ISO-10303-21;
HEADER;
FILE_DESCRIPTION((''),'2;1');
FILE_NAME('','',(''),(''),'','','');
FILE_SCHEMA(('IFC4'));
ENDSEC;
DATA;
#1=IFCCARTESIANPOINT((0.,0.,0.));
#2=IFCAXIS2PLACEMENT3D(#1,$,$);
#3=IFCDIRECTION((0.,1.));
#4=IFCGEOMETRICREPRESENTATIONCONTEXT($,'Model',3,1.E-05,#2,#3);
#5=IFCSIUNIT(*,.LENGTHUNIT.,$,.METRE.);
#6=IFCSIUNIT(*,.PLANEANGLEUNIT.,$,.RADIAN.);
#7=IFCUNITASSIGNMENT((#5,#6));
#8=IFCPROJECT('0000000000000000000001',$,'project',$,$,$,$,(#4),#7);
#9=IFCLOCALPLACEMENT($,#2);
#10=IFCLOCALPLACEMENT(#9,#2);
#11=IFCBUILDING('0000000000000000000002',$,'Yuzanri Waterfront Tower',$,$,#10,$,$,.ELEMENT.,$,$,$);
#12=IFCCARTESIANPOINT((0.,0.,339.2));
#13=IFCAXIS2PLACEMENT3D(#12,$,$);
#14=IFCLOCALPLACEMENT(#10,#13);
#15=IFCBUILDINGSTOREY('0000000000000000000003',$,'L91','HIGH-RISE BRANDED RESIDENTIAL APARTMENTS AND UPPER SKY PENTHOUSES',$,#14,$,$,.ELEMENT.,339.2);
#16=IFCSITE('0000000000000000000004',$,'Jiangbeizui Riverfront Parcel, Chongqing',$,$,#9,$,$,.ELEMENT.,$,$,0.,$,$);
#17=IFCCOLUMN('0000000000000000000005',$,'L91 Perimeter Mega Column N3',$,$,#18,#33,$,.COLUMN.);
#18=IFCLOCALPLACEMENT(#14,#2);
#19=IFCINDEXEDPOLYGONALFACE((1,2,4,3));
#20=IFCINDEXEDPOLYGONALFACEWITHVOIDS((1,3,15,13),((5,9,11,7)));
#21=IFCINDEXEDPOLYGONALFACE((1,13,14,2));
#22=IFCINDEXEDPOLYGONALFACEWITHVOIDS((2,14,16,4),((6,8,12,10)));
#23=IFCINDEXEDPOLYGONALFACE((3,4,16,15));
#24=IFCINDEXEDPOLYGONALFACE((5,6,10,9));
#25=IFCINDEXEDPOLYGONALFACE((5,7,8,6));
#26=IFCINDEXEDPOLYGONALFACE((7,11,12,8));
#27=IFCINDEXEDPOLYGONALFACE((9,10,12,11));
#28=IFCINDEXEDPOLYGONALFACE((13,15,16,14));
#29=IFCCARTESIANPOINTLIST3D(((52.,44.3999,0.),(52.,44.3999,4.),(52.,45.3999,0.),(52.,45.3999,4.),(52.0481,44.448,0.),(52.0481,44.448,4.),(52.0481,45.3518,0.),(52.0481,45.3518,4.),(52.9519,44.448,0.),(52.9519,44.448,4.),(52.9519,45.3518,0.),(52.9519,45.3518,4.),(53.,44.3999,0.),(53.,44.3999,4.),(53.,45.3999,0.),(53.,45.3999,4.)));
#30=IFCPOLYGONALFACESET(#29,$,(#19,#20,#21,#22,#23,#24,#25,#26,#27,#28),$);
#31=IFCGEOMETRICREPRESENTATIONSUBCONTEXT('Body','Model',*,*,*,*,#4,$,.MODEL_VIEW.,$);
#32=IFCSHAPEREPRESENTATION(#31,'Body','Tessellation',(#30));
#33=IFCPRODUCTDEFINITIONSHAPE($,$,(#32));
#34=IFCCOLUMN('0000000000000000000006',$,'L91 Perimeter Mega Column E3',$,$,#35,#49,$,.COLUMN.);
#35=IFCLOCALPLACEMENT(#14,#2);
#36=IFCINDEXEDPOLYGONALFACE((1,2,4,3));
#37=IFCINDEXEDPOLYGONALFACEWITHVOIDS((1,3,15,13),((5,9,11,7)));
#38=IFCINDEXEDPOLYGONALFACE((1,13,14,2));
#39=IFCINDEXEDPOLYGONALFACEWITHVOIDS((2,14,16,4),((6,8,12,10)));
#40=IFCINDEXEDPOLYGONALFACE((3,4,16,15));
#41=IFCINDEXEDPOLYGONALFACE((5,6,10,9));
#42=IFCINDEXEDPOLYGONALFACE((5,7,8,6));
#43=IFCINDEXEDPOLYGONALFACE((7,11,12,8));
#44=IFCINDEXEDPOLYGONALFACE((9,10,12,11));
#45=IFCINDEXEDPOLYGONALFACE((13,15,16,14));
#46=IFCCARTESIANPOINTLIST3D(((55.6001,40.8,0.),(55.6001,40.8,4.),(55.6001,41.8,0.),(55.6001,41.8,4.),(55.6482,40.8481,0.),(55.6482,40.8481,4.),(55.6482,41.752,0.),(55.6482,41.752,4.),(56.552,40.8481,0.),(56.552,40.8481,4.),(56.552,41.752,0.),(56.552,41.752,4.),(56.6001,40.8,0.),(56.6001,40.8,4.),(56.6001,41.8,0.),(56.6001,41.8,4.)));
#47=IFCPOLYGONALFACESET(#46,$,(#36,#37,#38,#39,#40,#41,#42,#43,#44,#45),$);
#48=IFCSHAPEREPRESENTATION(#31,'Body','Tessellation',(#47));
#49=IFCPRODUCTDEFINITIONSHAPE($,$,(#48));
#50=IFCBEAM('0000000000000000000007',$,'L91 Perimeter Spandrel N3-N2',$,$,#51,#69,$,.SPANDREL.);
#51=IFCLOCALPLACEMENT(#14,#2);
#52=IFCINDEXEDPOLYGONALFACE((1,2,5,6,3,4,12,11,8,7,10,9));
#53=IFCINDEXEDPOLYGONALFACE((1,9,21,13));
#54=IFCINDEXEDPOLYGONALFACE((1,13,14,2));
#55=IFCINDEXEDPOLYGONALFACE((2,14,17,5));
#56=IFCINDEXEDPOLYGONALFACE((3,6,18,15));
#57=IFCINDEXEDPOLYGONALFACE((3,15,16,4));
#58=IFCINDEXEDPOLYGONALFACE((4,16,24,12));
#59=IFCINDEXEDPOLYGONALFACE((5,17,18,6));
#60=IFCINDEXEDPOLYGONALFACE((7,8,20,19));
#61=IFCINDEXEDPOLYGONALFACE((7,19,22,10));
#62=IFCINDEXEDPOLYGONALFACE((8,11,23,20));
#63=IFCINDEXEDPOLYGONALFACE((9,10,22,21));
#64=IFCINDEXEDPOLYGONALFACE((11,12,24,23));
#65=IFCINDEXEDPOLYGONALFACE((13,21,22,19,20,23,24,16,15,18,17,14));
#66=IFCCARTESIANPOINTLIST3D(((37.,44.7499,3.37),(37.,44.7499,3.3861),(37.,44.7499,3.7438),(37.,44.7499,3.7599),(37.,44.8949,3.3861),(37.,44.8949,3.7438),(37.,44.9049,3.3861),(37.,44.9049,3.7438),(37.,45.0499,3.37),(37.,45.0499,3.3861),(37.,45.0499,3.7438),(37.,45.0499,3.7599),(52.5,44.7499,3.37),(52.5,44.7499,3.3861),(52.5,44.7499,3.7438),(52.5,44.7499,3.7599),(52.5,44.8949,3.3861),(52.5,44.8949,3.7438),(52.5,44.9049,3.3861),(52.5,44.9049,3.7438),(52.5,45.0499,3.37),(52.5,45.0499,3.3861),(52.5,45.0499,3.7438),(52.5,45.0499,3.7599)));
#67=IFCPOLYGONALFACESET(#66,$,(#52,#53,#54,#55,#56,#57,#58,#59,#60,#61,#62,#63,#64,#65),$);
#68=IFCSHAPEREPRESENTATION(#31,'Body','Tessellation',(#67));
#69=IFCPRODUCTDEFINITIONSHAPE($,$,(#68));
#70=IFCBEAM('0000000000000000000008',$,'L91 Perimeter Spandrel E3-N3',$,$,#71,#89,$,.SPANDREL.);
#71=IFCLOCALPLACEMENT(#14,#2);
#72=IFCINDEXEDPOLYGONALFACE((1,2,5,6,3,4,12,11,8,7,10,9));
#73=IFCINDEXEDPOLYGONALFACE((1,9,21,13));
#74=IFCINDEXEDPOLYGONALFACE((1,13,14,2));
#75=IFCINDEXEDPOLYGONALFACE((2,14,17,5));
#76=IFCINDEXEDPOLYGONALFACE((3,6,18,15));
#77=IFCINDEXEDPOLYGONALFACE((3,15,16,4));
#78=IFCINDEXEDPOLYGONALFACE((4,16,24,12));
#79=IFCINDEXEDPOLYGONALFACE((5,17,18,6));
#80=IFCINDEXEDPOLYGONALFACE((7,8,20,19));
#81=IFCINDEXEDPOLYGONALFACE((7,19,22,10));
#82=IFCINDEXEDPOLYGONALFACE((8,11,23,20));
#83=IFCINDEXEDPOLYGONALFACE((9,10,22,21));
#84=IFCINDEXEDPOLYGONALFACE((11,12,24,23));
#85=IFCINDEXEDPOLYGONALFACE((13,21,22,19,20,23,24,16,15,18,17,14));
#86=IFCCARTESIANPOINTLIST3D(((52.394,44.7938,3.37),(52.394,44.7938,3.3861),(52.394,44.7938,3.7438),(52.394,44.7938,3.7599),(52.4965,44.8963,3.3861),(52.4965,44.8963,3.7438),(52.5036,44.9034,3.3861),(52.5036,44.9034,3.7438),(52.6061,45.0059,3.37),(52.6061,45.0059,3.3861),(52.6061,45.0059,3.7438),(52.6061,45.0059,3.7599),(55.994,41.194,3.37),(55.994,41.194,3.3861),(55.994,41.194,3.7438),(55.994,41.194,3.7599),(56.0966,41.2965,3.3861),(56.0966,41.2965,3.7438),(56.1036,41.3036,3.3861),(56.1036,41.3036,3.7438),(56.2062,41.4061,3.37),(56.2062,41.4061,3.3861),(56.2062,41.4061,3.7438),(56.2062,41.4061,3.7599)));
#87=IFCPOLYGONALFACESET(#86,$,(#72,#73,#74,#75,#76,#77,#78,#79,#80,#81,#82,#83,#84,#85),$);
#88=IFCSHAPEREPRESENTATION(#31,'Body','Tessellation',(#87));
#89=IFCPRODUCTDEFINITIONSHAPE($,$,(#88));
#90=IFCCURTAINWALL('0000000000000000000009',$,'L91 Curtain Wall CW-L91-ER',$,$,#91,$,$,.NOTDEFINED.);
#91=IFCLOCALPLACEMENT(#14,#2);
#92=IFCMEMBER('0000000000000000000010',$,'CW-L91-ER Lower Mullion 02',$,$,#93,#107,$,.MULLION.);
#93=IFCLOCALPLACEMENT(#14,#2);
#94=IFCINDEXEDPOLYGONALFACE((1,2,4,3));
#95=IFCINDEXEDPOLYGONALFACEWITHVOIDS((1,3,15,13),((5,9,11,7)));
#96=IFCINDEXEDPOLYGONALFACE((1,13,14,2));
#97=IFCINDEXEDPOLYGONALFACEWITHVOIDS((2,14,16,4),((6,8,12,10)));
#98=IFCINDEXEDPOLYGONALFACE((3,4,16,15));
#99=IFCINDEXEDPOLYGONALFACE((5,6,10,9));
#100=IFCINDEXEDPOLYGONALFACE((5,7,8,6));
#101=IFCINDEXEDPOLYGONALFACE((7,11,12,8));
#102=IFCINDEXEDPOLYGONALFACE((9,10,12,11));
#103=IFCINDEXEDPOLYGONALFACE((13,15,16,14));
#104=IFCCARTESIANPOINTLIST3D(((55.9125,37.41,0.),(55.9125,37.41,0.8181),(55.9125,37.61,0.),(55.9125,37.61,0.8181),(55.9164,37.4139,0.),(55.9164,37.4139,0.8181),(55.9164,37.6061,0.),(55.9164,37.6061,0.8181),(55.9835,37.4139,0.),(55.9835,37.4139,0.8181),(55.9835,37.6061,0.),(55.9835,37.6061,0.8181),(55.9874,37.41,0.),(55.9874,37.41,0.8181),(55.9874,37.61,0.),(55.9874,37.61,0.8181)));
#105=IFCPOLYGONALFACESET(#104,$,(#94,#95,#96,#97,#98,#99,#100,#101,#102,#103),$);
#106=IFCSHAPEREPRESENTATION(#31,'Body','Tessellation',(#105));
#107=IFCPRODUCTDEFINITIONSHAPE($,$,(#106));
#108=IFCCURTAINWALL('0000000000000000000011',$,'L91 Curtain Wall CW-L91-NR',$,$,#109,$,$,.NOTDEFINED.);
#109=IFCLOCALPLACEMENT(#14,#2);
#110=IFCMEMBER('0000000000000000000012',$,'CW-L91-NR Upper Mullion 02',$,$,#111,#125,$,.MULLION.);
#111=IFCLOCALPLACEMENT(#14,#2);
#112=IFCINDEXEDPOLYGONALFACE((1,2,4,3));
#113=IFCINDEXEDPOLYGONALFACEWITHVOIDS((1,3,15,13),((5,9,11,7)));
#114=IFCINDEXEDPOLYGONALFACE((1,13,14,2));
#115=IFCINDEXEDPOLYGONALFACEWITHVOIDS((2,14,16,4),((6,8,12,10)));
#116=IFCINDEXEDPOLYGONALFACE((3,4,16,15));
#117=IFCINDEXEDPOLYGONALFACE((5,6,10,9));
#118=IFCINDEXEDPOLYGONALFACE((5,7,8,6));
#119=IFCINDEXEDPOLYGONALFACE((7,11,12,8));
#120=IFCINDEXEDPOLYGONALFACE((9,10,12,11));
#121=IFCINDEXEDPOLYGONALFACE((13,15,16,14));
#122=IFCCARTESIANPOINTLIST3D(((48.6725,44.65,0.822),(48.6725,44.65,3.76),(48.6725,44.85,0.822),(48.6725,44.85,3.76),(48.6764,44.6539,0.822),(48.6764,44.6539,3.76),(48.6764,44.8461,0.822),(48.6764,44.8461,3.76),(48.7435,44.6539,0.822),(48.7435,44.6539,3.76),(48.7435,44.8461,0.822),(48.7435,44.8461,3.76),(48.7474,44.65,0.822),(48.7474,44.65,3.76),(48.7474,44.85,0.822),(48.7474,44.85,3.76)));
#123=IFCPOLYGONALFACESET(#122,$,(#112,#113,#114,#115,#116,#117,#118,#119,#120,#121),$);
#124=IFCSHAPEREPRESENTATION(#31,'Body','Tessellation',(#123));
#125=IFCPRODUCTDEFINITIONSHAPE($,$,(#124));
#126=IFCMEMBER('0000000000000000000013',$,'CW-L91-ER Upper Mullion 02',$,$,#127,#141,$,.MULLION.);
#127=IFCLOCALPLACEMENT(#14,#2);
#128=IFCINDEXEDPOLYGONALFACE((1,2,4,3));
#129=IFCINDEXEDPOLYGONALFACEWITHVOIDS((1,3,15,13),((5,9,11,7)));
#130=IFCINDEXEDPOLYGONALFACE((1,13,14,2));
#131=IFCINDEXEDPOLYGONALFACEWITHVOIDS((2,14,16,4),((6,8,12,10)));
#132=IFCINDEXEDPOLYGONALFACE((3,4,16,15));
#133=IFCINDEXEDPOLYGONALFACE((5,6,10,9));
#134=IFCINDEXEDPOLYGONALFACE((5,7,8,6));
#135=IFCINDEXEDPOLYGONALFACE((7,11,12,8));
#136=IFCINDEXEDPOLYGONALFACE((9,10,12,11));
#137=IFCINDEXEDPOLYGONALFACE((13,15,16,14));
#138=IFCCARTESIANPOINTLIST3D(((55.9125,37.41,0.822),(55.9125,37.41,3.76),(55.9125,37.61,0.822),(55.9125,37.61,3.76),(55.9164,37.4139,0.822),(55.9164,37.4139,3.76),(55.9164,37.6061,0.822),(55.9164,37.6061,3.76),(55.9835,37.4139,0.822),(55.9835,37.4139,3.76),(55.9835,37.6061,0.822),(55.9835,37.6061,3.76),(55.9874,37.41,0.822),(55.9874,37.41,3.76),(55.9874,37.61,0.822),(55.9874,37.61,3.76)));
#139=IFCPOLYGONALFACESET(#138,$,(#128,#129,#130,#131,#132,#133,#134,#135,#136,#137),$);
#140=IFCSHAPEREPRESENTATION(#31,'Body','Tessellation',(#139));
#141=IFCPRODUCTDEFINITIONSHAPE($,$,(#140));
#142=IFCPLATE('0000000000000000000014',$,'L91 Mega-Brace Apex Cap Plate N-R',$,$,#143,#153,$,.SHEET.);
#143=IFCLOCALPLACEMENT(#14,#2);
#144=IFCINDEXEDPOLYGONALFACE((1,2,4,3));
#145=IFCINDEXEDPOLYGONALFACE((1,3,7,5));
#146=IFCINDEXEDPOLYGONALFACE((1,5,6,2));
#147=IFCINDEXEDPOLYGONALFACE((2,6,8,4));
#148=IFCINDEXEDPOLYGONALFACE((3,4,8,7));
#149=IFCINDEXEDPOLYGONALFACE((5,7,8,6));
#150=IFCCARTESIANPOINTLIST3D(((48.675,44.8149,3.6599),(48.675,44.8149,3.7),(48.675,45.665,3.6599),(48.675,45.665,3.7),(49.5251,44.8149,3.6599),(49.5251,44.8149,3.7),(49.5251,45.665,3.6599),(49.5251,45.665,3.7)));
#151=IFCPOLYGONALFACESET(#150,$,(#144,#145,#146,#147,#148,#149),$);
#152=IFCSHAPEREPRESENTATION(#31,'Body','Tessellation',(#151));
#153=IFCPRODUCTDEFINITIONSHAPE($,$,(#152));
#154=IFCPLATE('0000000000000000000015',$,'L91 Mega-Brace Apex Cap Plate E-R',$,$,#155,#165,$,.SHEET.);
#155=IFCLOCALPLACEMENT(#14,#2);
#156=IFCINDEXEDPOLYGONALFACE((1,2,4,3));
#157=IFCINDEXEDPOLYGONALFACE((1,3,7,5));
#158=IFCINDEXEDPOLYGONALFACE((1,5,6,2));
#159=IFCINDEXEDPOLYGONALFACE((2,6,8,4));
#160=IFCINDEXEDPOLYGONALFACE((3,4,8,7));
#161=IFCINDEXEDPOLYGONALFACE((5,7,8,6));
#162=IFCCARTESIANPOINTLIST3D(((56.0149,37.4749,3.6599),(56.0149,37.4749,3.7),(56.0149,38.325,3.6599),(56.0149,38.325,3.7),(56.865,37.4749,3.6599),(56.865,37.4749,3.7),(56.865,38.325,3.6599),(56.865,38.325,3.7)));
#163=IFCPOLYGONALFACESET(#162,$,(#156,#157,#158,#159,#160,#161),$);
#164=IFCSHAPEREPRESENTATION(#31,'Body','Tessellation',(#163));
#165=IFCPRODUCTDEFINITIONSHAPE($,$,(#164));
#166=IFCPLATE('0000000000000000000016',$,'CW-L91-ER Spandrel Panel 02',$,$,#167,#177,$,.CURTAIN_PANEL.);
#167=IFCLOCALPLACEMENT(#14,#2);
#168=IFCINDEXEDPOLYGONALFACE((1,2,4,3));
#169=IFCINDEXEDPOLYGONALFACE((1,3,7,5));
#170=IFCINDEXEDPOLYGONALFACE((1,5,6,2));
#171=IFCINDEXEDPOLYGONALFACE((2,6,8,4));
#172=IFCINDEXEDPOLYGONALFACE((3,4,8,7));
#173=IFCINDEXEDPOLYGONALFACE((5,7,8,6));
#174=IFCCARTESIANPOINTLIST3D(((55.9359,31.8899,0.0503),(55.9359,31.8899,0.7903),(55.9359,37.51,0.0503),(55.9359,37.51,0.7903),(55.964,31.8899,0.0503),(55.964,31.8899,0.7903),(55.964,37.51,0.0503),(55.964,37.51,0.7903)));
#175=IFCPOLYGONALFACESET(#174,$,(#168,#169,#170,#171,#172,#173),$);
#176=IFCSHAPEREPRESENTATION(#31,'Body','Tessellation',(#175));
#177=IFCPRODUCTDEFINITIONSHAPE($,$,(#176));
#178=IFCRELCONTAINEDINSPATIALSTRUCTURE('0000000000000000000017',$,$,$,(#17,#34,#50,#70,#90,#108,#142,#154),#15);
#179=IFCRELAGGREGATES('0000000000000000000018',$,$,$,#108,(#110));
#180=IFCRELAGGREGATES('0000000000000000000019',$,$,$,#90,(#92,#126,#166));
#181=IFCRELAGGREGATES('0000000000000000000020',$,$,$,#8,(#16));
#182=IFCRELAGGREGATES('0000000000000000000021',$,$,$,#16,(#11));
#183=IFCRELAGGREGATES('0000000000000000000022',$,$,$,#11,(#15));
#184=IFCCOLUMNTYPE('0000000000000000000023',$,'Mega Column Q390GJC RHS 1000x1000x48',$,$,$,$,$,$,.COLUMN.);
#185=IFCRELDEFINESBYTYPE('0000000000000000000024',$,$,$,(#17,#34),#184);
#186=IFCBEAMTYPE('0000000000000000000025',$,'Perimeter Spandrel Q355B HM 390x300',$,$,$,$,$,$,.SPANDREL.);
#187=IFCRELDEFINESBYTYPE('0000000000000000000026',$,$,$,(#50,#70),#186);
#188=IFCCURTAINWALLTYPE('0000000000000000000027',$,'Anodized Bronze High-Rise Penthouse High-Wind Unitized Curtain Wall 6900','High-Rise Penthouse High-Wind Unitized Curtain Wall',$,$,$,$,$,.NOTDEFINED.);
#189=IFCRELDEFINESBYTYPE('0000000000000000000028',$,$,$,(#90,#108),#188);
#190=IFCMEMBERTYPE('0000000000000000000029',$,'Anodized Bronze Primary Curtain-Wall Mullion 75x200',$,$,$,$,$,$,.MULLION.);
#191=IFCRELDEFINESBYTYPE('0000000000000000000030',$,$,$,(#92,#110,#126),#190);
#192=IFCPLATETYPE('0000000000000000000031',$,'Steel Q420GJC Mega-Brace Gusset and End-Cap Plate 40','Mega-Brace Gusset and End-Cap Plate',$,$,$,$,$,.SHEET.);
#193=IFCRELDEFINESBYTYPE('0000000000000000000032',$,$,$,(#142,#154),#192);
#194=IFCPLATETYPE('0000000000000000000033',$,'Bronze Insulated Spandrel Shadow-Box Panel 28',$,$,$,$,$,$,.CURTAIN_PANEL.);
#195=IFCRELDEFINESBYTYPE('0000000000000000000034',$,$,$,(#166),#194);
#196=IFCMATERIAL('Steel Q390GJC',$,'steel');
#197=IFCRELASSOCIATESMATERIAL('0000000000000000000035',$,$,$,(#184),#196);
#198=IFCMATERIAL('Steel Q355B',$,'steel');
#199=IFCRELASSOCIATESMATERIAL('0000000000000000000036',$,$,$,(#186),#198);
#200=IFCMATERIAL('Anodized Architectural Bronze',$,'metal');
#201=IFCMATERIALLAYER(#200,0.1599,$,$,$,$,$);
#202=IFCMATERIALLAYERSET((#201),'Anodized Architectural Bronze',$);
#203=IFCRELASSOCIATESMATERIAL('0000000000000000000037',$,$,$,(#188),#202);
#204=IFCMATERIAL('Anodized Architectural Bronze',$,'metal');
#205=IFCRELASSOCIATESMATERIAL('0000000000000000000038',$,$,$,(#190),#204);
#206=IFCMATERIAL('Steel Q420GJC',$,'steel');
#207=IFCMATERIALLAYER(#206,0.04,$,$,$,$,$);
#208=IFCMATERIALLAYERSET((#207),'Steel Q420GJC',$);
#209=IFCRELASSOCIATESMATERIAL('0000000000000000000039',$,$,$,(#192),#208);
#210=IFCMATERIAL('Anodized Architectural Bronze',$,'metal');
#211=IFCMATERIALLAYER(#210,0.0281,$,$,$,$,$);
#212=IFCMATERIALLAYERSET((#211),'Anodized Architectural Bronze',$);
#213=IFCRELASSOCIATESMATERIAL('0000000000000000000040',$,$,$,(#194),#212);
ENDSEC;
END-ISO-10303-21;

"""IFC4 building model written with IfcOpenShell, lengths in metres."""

from ifc_helpers import new_model, si_unit, direction, frame, origin, origin_2d, place, context, subcontext, project, spatial, rectangle, hollow_rectangle, i_section, extrude, source, transform, mapped, material, layer, layer_set, material_profile, profile_set, type_object, element, aggregate, save


model = new_model("IFC4")

# Units and contexts
model_context = context("Model", 3, precision=1e-05, world=origin(), true_north=direction((0.0, 1.0)))
body_context = subcontext(model_context, "Body", "Model", "MODEL_VIEW")
ifc_project = project(units=[si_unit("LENGTHUNIT", "METRE"), si_unit("PLANEANGLEUNIT", "RADIAN")], contexts=[model_context])

# Site, building, storey
site_placement = place(None, origin())
site = spatial("IfcSite", under=ifc_project, at=site_placement, Name="Jiangbeizui Riverfront Parcel, Chongqing", CompositionType="ELEMENT", RefElevation=0.0)
building_placement = place(site_placement, origin())
building = spatial("IfcBuilding", under=site, at=building_placement, Name="Yuzanri Waterfront Tower", CompositionType="ELEMENT")
storey_placement = place(building_placement, frame((0.0, 0.0, 339.2)))
storey = spatial("IfcBuildingStorey", under=building, at=storey_placement, Name="L91", Description="HIGH-RISE BRANDED RESIDENTIAL APARTMENTS AND UPPER SKY PENTHOUSES", CompositionType="ELEMENT", Elevation=339.2)

# Columns
ifc_material_1 = material(Name="Steel Q390GJC", Category="steel")
ifc_material_profile_1 = material_profile(ifc_material_1, hollow_rectangle(XDim=1.0, YDim=1.0, WallThickness=0.0481, at=origin_2d()), Name="RHS 1000x1000x48")
ifc_profile_set_1 = profile_set([ifc_material_profile_1], Name="Steel Q390GJC")
column_type = type_object("IfcColumnType", Name="Mega Column Q390GJC RHS 1000x1000x48", PredefinedType="COLUMN", material=ifc_profile_set_1)
shared_shape_1 = source(origin(), body_context, "Body", "SweptSolid", [
    extrude(hollow_rectangle(XDim=1.0, YDim=1.0, WallThickness=0.0481, at=origin_2d()), origin(), (0.0, 0.0, 1.0), 4.0),
])
for number, where, z_axis, x_axis, name in (
    (1, (52.5, 44.8999, 0.0), (0.0, 0.0, 1.0), (1.0, 0.0, 0.0), "L91 Perimeter Mega Column N3"),
    (2, (56.1001, 41.3, 0.0), (0.0, 0.0, 1.0), (1.0, 0.0, 0.0), "L91 Perimeter Mega Column E3"),
):
    element("IfcColumn", number, at=place(storey_placement, frame(where, z_axis=z_axis, x_axis=x_axis)), inside=storey, type_object=column_type, Name=name, PredefinedType="COLUMN", context=body_context, shape_type="MappedRepresentation", body=[
        mapped(shared_shape_1, transform((0.0, 0.0, 0.0), scale=1.0)),
    ])

# Beams
ifc_material_2 = material(Name="Steel Q355B", Category="steel")
ifc_material_profile_2 = material_profile(ifc_material_2, i_section(OverallWidth=0.3, OverallDepth=0.3899, WebThickness=0.01, FlangeThickness=0.0161, at=origin_2d()), Name="HM 390x300x10x16")
ifc_profile_set_2 = profile_set([ifc_material_profile_2], Name="Steel Q355B")
beam_type = type_object("IfcBeamType", Name="Perimeter Spandrel Q355B HM 390x300", PredefinedType="SPANDREL", material=ifc_profile_set_2)
shared_shape_2 = source(origin(), body_context, "Body", "SweptSolid", [
    extrude(i_section(OverallWidth=0.3, OverallDepth=0.3899, WebThickness=0.01, FlangeThickness=0.0161, at=origin_2d()), origin(), (0.0, 0.0, 1.0), 15.5),
])
beam_1_placement = place(storey_placement, frame((52.5, 44.8999, 3.5649), z_axis=(-1.0, 0.0, 0.0), x_axis=(0.0, -1.0, 0.0)))
element("IfcBeam", 3, at=beam_1_placement, inside=storey, type_object=beam_type, Name="L91 Perimeter Spandrel N3-N2", PredefinedType="SPANDREL", context=body_context, shape_type="MappedRepresentation", body=[
    mapped(shared_shape_2, transform((0.0, 0.0, 0.0), scale=1.0)),
])
shared_shape_3 = source(origin(), body_context, "Body", "SweptSolid", [
    extrude(i_section(OverallWidth=0.3, OverallDepth=0.3899, WebThickness=0.01, FlangeThickness=0.0161, at=origin_2d()), origin(), (0.0, 0.0, 1.0), 5.0911),
])
beam_2_placement = place(storey_placement, frame((56.1001, 41.3, 3.5649), z_axis=(-0.707131, 0.707083, 0.0), x_axis=(-0.707083, -0.707131, 0.0)))
element("IfcBeam", 4, at=beam_2_placement, inside=storey, type_object=beam_type, Name="L91 Perimeter Spandrel E3-N3", PredefinedType="SPANDREL", context=body_context, shape_type="MappedRepresentation", body=[
    mapped(shared_shape_3, transform((0.0, 0.0, 0.0), scale=1.0)),
])

# Curtain walls, members
ifc_material_3 = material(Name="Anodized Architectural Bronze", Category="metal")
ifc_layer_1 = layer(ifc_material_3, 0.1599)
ifc_layer_set_1 = layer_set([ifc_layer_1], Name="Anodized Architectural Bronze")
curtain_wall_type = type_object("IfcCurtainWallType", Name="Anodized Bronze High-Rise Penthouse High-Wind Unitized Curtain Wall 6900", Description="High-Rise Penthouse High-Wind Unitized Curtain Wall", PredefinedType="NOTDEFINED", material=ifc_layer_set_1)
curtain_wall_1_placement = place(storey_placement, origin())
curtain_wall_1 = element("IfcCurtainWall", 5, at=curtain_wall_1_placement, inside=storey, type_object=curtain_wall_type, Name="L91 Curtain Wall CW-L91-ER", PredefinedType="NOTDEFINED")
ifc_material_4 = material(Name="Anodized Architectural Bronze", Category="metal")
ifc_material_profile_3 = material_profile(ifc_material_4, hollow_rectangle(XDim=0.075, YDim=0.2, WallThickness=0.0039, at=origin_2d()), Name="CWM 75x200")
ifc_profile_set_3 = profile_set([ifc_material_profile_3], Name="Anodized Architectural Bronze")
member_type = type_object("IfcMemberType", Name="Anodized Bronze Primary Curtain-Wall Mullion 75x200", PredefinedType="MULLION", material=ifc_profile_set_3)
shared_shape_4 = source(origin(), body_context, "Body", "SweptSolid", [
    extrude(hollow_rectangle(XDim=0.075, YDim=0.2, WallThickness=0.0039, at=origin_2d()), origin(), (0.0, 0.0, 1.0), 0.8181),
])
member_1_placement = place(storey_placement, frame((55.95, 37.51, 0.0), z_axis=(0.0, 0.0, 1.0), x_axis=(1.0, 0.0, 0.0)))
member_1 = element("IfcMember", 6, at=member_1_placement, type_object=member_type, Name="CW-L91-ER Lower Mullion 02", PredefinedType="MULLION", context=body_context, shape_type="MappedRepresentation", body=[
    mapped(shared_shape_4, transform((0.0, 0.0, 0.0), scale=1.0)),
])
curtain_wall_2_placement = place(storey_placement, origin())
curtain_wall_2 = element("IfcCurtainWall", 7, at=curtain_wall_2_placement, inside=storey, type_object=curtain_wall_type, Name="L91 Curtain Wall CW-L91-NR", PredefinedType="NOTDEFINED")
shared_shape_5 = source(origin(), body_context, "Body", "SweptSolid", [
    extrude(hollow_rectangle(XDim=0.075, YDim=0.2, WallThickness=0.0039, at=origin_2d()), origin(), (0.0, 0.0, 1.0), 2.938),
])
member_2_placement = place(storey_placement, frame((48.71, 44.75, 0.822), z_axis=(0.0, 0.0, 1.0), x_axis=(1.0, 0.0, 0.0)))
member_2 = element("IfcMember", 8, at=member_2_placement, type_object=member_type, Name="CW-L91-NR Upper Mullion 02", PredefinedType="MULLION", context=body_context, shape_type="MappedRepresentation", body=[
    mapped(shared_shape_5, transform((0.0, 0.0, 0.0), scale=1.0)),
])
aggregate(curtain_wall_2, [member_2])

# Member
member_3_placement = place(storey_placement, frame((55.95, 37.51, 0.822), z_axis=(0.0, 0.0, 1.0), x_axis=(1.0, 0.0, 0.0)))
member_3 = element("IfcMember", 9, at=member_3_placement, type_object=member_type, Name="CW-L91-ER Upper Mullion 02", PredefinedType="MULLION", context=body_context, shape_type="MappedRepresentation", body=[
    mapped(shared_shape_5, transform((0.0, 0.0, 0.0), scale=1.0)),
])

# Plates
ifc_material_5 = material(Name="Steel Q420GJC", Category="steel")
ifc_layer_2 = layer(ifc_material_5, 0.04)
ifc_layer_set_2 = layer_set([ifc_layer_2], Name="Steel Q420GJC")
plate_type_1 = type_object("IfcPlateType", Name="Steel Q420GJC Mega-Brace Gusset and End-Cap Plate 40", Description="Mega-Brace Gusset and End-Cap Plate", PredefinedType="SHEET", material=ifc_layer_set_2)
shared_shape_6 = source(origin(), body_context, "Body", "SweptSolid", [
    extrude(rectangle(XDim=0.8501, YDim=0.8501, at=origin_2d()), origin(), (0.0, 0.0, 1.0), 0.04),
])
for number, where, z_axis, x_axis, name in (
    (10, (49.1001, 45.24, 3.6599), (0.0, 0.0, 1.0), (1.0, 0.0, 0.0), "L91 Mega-Brace Apex Cap Plate N-R"),
    (11, (56.4399, 37.8999, 3.6599), (0.0, 0.0, 1.0), (1.0, 0.0, 0.0), "L91 Mega-Brace Apex Cap Plate E-R"),
):
    element("IfcPlate", number, at=place(storey_placement, frame(where, z_axis=z_axis, x_axis=x_axis)), inside=storey, type_object=plate_type_1, Name=name, PredefinedType="SHEET", context=body_context, shape_type="MappedRepresentation", body=[
        mapped(shared_shape_6, transform((0.0, 0.0, 0.0), scale=1.0)),
    ])

# Plate
ifc_material_6 = material(Name="Anodized Architectural Bronze", Category="metal")
ifc_layer_3 = layer(ifc_material_6, 0.0281)
ifc_layer_set_3 = layer_set([ifc_layer_3], Name="Anodized Architectural Bronze")
plate_type_2 = type_object("IfcPlateType", Name="Bronze Insulated Spandrel Shadow-Box Panel 28", PredefinedType="CURTAIN_PANEL", material=ifc_layer_set_3)
shared_shape_7 = source(origin(), body_context, "Body", "SweptSolid", [
    extrude(rectangle(XDim=5.6201, YDim=0.0281, at=origin_2d()), origin(), (0.0, 0.0, 1.0), 0.74),
])
plate_1_placement = place(storey_placement, frame((55.95, 34.7, 0.0503), z_axis=(0.0, 0.0, 1.0), x_axis=(0.0, 1.0, 0.0)))
plate_1 = element("IfcPlate", 12, at=plate_1_placement, type_object=plate_type_2, Name="CW-L91-ER Spandrel Panel 02", PredefinedType="CURTAIN_PANEL", context=body_context, shape_type="MappedRepresentation", body=[
    mapped(shared_shape_7, transform((0.0, 0.0, 0.0), scale=1.0)),
])
aggregate(curtain_wall_1, [member_1, member_3, plate_1])

save(model, "model.ifc")
